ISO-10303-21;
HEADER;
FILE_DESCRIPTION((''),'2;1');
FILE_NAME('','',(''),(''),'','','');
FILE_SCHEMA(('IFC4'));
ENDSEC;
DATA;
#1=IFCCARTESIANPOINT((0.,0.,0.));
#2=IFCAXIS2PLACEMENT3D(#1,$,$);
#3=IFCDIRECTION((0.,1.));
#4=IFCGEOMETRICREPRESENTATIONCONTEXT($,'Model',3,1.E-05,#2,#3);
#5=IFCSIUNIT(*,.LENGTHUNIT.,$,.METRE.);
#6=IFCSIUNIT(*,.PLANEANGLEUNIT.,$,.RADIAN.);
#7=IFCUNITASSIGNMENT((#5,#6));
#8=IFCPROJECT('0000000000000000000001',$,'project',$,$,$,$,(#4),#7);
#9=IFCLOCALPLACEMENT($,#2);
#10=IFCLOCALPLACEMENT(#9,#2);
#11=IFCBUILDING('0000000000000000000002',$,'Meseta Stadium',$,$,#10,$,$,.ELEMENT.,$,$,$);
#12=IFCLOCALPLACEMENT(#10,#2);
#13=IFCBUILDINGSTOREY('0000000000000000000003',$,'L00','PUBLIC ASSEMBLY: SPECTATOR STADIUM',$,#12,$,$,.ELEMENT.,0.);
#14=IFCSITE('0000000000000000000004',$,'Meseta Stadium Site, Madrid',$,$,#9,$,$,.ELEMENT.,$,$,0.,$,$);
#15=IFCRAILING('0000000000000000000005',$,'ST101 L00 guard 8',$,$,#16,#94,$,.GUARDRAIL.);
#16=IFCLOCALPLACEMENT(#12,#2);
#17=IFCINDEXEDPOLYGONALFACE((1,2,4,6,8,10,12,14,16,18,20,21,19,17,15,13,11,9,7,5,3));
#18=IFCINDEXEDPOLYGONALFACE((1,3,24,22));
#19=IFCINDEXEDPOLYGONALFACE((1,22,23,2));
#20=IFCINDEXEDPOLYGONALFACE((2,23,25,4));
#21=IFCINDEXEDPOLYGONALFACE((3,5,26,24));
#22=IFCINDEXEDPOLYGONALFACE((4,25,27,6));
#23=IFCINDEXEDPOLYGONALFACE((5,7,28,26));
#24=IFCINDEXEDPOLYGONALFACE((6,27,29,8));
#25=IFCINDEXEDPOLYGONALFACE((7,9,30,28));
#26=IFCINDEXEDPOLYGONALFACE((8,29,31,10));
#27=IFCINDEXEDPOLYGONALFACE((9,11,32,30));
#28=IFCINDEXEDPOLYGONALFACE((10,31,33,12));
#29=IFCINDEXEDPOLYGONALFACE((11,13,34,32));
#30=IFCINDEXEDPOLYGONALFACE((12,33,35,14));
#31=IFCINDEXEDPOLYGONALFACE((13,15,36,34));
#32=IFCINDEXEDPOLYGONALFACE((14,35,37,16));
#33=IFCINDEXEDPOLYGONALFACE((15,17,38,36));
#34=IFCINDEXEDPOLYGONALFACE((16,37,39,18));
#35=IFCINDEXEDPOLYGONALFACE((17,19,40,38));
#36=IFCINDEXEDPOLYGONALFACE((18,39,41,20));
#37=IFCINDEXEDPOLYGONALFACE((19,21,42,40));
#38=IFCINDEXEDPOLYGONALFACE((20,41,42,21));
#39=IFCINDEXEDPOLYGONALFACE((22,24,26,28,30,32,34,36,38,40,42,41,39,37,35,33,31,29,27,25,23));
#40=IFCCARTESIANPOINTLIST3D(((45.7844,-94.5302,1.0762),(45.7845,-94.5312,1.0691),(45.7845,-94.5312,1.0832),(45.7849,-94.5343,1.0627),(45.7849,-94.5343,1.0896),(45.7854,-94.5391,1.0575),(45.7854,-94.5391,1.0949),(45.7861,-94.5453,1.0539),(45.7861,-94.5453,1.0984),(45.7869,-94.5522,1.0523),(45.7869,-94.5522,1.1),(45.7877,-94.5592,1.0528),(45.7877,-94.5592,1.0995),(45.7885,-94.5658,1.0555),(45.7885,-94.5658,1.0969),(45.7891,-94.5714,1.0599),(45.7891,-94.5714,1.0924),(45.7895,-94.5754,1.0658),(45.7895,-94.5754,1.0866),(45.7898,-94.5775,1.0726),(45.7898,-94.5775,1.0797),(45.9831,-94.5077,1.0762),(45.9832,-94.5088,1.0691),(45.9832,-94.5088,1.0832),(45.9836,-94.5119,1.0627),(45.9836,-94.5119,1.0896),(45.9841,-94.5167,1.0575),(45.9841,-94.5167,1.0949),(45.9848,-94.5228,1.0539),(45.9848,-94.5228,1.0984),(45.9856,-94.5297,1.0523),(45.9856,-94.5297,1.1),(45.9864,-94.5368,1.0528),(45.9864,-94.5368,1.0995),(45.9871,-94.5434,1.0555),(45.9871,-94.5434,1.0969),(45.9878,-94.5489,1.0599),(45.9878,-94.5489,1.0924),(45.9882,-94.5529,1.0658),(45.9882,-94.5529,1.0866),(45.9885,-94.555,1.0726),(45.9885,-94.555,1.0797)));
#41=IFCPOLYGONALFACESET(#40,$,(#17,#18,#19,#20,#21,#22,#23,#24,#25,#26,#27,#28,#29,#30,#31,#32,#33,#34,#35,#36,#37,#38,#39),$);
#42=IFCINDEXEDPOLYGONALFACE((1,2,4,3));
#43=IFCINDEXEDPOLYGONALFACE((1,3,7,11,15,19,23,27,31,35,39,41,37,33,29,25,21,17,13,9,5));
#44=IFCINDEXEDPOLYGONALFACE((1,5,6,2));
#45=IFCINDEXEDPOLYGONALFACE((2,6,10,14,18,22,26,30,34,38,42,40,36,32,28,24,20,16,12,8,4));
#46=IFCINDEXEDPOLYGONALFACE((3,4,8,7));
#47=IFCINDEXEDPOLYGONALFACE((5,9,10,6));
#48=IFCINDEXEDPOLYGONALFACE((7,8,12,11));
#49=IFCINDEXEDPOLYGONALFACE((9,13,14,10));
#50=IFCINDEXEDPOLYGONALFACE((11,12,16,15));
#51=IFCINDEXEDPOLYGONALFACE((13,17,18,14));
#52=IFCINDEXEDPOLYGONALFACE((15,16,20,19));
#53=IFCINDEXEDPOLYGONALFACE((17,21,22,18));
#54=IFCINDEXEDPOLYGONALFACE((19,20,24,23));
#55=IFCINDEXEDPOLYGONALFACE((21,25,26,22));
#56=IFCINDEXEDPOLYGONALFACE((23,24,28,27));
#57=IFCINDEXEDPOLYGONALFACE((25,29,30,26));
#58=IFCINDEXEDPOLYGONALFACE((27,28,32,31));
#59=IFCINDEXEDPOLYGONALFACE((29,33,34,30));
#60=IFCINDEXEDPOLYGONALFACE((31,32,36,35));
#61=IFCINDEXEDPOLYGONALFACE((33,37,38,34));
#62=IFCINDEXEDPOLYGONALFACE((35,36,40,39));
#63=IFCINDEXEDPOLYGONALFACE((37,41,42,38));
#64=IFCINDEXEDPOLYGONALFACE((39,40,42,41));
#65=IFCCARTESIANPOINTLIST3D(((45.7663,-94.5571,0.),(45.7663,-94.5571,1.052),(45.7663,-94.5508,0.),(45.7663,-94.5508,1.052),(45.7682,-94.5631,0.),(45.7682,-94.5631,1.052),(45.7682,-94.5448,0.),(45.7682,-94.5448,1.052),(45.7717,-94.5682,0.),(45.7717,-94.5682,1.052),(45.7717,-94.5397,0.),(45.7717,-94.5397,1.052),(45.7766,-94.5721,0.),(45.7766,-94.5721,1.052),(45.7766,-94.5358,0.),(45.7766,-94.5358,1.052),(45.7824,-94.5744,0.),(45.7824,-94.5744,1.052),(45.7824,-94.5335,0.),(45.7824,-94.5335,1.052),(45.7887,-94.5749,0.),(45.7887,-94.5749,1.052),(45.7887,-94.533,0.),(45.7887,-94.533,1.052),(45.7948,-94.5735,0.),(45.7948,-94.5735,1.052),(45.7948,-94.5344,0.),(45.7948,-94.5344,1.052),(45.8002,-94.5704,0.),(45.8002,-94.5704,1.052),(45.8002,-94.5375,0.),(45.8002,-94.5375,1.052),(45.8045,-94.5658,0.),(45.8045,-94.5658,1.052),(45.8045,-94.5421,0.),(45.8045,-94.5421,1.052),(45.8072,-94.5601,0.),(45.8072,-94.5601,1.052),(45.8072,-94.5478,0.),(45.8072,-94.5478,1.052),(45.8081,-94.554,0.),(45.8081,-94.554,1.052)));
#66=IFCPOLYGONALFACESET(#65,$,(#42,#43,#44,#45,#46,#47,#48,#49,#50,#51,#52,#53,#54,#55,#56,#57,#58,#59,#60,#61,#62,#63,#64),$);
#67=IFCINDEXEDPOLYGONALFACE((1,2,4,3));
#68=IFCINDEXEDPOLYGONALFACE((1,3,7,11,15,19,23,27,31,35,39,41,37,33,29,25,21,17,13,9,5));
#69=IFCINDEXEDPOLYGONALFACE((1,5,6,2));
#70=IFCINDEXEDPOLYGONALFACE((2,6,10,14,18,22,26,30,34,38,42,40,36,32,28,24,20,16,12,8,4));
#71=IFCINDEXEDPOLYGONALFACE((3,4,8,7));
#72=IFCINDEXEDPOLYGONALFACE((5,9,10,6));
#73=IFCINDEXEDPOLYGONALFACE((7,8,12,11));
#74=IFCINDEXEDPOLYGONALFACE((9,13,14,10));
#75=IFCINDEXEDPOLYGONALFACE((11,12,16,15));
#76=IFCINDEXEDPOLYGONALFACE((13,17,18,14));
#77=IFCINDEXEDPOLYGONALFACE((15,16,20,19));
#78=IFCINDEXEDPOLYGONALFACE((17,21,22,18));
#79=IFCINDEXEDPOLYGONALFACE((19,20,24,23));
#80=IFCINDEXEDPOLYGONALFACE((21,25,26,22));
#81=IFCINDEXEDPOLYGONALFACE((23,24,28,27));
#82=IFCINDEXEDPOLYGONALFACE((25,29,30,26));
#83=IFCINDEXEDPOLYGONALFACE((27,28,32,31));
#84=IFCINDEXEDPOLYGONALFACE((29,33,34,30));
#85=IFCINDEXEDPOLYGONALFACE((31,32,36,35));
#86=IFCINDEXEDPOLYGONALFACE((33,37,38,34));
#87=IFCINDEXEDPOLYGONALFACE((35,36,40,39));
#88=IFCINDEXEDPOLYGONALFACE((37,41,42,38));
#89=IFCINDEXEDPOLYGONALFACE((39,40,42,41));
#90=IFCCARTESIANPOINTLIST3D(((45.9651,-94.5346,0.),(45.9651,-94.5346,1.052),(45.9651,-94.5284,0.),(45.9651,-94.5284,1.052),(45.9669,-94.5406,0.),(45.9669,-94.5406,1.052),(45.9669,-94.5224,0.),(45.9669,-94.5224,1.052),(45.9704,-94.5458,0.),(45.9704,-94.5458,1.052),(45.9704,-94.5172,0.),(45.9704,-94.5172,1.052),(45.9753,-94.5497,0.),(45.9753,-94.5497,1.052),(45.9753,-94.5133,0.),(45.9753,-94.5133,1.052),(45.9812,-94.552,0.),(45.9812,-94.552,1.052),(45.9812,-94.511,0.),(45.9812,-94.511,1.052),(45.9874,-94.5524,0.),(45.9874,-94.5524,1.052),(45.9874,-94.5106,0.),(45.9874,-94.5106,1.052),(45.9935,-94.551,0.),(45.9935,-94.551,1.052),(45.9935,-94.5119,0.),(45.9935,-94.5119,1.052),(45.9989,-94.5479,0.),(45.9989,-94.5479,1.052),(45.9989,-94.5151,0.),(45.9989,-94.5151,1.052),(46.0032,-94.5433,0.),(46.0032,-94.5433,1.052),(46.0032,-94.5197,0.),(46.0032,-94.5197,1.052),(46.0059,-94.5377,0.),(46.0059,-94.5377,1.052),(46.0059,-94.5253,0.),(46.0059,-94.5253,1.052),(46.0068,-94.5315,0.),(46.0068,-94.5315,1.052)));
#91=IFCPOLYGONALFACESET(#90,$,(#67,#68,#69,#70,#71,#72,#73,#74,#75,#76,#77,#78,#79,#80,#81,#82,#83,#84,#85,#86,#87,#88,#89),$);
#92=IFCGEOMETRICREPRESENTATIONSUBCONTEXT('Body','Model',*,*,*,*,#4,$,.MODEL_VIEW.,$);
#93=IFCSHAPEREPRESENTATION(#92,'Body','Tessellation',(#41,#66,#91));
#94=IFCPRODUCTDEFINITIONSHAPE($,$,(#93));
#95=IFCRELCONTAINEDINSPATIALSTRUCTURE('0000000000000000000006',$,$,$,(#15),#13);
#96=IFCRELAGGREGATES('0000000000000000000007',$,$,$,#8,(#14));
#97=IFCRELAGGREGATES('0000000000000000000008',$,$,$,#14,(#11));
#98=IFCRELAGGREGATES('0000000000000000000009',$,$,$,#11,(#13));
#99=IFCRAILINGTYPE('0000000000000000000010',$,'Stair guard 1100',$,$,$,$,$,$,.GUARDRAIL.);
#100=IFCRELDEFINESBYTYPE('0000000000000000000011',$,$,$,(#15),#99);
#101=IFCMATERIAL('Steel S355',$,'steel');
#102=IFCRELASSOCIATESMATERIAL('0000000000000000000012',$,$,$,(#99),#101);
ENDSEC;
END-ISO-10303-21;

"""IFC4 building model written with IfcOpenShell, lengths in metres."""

from ifc_helpers import new_model, si_unit, direction, frame, origin, origin_2d, place, context, subcontext, project, spatial, circle, extrude, material, type_object, element, save


model = new_model("IFC4")

# Units and contexts
model_context = context("Model", 3, precision=1e-05, world=origin(), true_north=direction((0.0, 1.0)))
body_context = subcontext(model_context, "Body", "Model", "MODEL_VIEW")
ifc_project = project(units=[si_unit("LENGTHUNIT", "METRE"), si_unit("PLANEANGLEUNIT", "RADIAN")], contexts=[model_context])

# Site, building, storey
site_placement = place(None, origin())
site = spatial("IfcSite", under=ifc_project, at=site_placement, Name="Meseta Stadium Site, Madrid", CompositionType="ELEMENT", RefElevation=0.0)
building_placement = place(site_placement, origin())
building = spatial("IfcBuilding", under=site, at=building_placement, Name="Meseta Stadium", CompositionType="ELEMENT")
storey_placement = place(building_placement, origin())
storey = spatial("IfcBuildingStorey", under=building, at=storey_placement, Name="L00", Description="PUBLIC ASSEMBLY: SPECTATOR STADIUM", CompositionType="ELEMENT", Elevation=0.0)

# Railing
ifc_material_1 = material(Name="Steel S355", Category="steel")
railing_type_1 = type_object("IfcRailingType", Name="Stair guard 1100", PredefinedType="GUARDRAIL", material=ifc_material_1)
railing_1_placement = place(storey_placement, frame((45.7871, -94.554, 0.0)))
element("IfcRailing", 1, at=railing_1_placement, inside=storey, type_object=railing_type_1, Name="ST101 L00 guard 8", PredefinedType="GUARDRAIL", context=body_context, shape_type="SweptSolid", body=[
    extrude(circle(Radius=0.0239, at=origin_2d()), frame((0.0, 0.0, 1.0762), z_axis=(0.993674, 0.112307, 0.0), x_axis=(-0.112307, 0.993674, 0.0)), (0.0, 0.0, 1.0), 0.2),
    extrude(circle(Radius=0.021, at=origin_2d()), origin(), (0.0, 0.0, 1.0), 1.052),
    extrude(circle(Radius=0.021, at=origin_2d()), frame((0.1987, 0.0225, 0.0)), (0.0, 0.0, 1.0), 1.052),
])

save(model, "model.ifc")
